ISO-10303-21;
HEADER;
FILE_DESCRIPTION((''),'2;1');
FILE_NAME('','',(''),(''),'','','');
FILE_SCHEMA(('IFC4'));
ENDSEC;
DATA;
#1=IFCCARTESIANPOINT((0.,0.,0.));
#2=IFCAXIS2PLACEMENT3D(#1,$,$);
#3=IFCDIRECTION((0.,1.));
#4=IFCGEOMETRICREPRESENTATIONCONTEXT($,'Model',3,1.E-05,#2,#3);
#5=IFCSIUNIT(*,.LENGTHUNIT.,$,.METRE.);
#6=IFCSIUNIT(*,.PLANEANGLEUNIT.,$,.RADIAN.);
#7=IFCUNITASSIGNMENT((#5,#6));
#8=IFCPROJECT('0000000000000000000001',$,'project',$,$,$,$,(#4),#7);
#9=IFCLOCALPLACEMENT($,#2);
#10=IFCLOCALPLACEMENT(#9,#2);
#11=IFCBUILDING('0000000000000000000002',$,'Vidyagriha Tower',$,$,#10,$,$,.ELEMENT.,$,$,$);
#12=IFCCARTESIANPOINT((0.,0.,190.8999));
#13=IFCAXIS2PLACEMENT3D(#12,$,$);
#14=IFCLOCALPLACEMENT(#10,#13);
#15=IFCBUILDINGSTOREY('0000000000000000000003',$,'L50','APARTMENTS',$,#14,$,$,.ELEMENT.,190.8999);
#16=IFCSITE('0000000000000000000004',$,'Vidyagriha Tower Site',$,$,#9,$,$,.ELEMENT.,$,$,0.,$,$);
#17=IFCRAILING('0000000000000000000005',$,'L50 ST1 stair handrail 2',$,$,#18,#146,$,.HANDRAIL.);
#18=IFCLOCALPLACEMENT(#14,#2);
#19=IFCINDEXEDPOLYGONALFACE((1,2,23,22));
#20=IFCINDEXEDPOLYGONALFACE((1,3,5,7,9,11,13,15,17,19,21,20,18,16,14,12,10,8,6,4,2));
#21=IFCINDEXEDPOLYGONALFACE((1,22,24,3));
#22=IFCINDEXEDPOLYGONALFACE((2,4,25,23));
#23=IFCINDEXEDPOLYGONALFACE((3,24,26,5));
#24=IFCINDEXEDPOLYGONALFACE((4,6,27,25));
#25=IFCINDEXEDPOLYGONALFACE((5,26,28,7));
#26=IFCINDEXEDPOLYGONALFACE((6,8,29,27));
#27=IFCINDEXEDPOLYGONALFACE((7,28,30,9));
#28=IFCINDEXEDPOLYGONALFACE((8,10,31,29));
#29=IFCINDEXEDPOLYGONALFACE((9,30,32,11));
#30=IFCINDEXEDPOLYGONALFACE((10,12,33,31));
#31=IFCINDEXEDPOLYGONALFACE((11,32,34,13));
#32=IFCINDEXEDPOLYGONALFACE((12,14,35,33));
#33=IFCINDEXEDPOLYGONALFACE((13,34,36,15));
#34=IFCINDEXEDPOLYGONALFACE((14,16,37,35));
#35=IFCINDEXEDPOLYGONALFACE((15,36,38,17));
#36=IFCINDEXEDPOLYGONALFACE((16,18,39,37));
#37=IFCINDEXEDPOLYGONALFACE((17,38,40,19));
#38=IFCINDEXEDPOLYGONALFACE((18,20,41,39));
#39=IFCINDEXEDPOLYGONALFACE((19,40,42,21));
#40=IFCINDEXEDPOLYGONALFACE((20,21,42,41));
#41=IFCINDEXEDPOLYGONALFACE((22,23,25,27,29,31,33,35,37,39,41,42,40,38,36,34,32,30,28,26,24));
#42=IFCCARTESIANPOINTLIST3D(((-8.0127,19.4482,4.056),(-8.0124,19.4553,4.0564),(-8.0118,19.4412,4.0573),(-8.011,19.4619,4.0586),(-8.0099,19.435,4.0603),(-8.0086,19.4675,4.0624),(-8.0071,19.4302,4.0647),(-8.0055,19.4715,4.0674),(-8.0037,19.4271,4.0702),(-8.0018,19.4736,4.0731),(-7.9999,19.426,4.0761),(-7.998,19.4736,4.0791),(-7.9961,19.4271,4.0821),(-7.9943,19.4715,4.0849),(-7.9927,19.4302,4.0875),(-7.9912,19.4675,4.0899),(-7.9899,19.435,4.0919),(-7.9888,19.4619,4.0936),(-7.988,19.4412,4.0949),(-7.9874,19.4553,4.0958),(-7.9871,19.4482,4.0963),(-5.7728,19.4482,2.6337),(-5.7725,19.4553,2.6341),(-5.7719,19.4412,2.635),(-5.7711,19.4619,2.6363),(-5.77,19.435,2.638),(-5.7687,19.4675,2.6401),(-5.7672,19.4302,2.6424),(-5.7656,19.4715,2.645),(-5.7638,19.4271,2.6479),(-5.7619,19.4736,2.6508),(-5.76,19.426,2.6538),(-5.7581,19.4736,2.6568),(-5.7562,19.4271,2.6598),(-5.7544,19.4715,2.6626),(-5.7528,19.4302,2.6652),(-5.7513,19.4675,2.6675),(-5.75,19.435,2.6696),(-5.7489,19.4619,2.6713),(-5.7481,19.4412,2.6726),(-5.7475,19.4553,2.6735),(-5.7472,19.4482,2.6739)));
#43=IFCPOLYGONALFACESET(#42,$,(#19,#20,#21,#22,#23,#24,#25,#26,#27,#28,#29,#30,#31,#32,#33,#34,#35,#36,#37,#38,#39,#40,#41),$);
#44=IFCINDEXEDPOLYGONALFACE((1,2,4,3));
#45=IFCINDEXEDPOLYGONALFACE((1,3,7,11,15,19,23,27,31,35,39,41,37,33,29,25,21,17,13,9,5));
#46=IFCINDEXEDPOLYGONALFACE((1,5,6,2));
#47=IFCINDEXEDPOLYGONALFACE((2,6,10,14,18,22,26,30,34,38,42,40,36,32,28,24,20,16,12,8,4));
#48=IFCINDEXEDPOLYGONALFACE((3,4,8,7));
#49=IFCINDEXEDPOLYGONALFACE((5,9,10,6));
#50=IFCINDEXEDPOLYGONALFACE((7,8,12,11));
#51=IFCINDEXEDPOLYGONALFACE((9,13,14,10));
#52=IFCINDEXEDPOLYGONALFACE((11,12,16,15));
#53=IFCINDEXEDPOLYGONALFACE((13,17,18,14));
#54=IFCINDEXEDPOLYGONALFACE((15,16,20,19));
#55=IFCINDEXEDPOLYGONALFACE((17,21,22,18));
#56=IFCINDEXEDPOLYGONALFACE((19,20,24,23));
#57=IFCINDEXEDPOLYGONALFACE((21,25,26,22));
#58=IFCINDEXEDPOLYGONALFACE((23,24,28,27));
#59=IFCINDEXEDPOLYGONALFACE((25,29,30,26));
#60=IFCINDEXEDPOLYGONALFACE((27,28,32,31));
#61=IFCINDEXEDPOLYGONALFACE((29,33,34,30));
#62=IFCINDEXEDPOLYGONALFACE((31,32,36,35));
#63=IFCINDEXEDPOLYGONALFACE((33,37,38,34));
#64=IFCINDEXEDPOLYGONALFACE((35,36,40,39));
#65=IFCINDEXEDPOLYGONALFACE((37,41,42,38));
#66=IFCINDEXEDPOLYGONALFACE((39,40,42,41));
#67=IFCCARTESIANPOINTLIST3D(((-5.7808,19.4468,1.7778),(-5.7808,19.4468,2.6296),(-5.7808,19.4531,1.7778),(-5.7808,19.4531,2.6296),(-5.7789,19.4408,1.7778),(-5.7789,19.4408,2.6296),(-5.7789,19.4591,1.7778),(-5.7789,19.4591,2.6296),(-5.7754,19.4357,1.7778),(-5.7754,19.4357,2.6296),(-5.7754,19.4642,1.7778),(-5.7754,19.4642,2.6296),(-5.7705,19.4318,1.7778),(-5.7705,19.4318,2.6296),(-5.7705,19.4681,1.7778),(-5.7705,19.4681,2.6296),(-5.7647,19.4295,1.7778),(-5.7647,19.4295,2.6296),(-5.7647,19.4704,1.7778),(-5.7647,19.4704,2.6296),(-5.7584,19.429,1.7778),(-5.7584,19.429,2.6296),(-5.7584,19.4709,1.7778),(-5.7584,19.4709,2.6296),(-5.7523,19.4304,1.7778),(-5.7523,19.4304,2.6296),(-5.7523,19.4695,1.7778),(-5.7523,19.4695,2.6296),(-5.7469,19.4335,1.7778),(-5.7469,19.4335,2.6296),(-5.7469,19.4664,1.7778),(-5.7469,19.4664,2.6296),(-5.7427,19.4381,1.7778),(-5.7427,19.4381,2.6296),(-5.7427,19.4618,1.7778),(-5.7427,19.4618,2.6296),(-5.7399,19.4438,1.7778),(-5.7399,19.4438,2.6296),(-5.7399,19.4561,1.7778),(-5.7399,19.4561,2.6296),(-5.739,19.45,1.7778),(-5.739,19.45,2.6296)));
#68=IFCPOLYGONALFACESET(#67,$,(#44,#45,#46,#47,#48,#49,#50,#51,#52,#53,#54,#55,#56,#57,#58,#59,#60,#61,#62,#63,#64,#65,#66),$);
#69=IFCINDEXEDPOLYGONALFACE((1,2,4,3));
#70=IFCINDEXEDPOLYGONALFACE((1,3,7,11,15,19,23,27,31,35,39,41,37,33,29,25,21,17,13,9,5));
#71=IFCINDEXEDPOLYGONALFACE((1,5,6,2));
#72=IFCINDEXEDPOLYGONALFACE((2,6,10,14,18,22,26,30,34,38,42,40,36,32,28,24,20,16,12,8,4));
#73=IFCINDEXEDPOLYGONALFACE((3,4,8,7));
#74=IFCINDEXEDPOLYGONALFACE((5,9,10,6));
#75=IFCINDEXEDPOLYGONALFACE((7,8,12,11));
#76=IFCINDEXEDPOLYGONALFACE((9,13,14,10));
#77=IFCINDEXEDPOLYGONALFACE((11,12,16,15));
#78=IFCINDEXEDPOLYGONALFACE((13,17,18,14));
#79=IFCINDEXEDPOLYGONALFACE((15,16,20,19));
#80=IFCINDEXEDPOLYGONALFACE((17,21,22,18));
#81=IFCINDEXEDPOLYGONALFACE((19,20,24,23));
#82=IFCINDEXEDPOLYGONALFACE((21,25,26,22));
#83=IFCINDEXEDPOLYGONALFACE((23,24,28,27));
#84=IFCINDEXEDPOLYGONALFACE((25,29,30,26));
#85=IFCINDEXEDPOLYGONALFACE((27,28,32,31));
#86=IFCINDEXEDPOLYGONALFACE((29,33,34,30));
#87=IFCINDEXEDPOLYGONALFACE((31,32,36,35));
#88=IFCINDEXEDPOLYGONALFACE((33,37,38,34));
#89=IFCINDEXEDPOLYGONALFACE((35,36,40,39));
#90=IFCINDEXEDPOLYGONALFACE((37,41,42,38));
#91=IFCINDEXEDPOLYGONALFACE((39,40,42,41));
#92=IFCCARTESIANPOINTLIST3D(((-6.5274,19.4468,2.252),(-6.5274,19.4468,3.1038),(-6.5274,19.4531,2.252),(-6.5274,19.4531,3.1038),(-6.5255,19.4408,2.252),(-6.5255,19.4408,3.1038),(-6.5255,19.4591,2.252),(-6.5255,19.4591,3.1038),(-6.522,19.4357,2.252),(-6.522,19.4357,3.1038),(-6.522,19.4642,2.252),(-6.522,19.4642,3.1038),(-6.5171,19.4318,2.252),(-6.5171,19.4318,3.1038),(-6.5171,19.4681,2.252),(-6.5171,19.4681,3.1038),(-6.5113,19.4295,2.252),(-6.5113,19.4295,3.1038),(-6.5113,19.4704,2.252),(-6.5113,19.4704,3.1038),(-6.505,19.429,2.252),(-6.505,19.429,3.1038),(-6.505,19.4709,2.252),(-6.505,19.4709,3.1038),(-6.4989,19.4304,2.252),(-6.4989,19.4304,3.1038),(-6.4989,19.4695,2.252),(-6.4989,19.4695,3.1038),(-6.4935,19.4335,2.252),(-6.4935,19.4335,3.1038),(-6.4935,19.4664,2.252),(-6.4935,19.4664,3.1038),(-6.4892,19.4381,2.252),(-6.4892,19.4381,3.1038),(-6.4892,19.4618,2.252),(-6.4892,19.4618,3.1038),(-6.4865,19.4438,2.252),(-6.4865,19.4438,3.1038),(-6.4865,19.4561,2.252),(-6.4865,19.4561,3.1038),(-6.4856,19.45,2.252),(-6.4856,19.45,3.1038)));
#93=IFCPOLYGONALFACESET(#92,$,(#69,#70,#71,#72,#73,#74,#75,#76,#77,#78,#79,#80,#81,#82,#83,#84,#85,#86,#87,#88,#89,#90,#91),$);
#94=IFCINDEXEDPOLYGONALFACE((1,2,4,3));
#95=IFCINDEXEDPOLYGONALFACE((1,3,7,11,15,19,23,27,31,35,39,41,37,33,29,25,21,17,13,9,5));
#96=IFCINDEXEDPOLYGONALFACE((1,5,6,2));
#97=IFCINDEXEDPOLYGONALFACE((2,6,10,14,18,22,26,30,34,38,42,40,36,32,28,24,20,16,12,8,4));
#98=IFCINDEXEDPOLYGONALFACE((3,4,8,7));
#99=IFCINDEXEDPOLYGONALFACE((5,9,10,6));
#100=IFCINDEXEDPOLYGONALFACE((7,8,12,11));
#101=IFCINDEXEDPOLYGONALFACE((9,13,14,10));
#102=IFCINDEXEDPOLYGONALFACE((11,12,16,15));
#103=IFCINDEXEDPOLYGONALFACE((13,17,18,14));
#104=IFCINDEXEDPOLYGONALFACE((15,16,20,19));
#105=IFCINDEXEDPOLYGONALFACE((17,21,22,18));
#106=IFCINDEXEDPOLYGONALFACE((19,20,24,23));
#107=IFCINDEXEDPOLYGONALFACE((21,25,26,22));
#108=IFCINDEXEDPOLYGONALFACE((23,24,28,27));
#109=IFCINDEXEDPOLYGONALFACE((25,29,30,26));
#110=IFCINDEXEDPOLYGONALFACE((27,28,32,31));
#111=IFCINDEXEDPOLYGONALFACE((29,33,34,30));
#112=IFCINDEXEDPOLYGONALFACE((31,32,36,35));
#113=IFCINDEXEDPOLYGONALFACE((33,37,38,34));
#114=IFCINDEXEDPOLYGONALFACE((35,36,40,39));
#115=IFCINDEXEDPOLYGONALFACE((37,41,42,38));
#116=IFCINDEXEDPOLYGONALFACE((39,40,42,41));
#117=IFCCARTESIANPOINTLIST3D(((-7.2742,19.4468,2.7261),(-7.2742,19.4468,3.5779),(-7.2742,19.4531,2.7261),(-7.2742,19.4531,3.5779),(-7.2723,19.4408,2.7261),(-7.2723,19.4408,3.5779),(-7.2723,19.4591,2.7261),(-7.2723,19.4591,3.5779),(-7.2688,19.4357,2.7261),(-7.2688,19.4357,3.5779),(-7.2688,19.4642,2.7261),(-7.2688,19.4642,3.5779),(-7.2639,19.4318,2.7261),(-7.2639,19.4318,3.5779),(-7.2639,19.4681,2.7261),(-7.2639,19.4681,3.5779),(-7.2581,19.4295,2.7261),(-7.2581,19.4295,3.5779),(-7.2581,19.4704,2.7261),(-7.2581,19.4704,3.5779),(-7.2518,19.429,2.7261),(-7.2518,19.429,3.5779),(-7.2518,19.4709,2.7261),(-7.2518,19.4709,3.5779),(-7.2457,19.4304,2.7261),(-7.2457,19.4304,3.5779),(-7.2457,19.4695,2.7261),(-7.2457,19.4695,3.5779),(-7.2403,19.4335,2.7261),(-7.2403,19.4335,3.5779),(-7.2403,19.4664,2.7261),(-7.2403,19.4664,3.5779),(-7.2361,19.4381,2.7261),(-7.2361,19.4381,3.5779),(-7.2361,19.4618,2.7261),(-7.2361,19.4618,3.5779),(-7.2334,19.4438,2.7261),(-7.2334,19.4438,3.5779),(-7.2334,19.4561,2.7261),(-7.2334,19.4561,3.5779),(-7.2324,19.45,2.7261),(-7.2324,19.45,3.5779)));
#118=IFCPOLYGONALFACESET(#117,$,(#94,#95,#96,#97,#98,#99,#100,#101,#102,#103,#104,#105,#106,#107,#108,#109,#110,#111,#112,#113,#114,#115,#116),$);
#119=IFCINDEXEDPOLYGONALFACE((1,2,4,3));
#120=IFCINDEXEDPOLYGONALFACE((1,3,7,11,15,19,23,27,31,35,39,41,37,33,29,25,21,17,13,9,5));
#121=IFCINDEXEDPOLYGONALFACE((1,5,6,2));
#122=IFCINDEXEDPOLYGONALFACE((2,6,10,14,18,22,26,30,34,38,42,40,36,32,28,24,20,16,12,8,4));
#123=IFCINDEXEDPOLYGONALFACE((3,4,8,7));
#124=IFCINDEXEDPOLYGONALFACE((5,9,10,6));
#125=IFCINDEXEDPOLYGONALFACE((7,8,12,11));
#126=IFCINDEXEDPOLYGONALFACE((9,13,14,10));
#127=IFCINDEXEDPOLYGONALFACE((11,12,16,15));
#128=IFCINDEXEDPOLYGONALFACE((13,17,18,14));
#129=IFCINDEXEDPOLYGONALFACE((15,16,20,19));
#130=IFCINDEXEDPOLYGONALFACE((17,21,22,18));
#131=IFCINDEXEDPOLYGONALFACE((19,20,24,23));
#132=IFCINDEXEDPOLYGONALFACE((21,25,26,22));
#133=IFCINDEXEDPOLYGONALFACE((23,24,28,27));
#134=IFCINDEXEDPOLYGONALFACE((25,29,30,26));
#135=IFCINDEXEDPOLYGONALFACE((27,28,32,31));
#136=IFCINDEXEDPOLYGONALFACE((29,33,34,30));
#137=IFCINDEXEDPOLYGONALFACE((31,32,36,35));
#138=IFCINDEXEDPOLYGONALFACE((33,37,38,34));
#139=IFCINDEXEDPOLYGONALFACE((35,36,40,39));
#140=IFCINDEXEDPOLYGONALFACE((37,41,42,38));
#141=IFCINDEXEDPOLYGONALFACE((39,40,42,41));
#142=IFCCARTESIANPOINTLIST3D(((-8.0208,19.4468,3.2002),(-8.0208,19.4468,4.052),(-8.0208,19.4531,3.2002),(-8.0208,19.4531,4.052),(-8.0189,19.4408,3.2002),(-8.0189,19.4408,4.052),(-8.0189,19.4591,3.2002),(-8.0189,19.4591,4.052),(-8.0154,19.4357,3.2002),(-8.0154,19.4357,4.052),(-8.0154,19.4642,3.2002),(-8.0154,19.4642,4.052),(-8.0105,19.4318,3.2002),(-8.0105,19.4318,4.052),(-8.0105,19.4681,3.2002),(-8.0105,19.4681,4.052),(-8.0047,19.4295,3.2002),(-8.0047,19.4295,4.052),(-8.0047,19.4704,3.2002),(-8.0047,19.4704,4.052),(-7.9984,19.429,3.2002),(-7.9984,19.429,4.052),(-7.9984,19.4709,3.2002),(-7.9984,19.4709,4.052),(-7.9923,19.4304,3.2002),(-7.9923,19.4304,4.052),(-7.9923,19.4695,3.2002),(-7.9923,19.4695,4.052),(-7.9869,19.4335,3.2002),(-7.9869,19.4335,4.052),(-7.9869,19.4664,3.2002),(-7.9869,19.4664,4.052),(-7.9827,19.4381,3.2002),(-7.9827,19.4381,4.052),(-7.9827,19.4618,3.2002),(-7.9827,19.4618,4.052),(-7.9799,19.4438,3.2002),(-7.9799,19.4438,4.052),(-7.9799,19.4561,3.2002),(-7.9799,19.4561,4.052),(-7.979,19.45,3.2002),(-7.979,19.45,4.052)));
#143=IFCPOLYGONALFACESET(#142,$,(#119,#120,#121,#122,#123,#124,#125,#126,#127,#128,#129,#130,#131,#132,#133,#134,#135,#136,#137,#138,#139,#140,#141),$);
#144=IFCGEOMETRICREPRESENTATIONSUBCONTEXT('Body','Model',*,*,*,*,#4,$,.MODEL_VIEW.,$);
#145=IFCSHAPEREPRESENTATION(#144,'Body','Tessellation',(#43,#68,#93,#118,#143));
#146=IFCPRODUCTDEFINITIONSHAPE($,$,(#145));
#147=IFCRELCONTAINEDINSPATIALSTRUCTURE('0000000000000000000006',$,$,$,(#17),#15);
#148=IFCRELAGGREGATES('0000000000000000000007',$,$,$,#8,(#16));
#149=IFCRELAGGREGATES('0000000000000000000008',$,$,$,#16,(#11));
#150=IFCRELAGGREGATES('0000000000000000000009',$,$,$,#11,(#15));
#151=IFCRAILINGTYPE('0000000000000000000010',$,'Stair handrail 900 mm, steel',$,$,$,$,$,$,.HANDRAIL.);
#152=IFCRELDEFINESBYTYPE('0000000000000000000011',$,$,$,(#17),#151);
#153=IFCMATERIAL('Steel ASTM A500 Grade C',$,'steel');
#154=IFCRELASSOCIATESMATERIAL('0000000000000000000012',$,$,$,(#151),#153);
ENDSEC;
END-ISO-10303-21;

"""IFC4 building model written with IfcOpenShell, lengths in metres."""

from ifc_helpers import new_model, si_unit, direction, frame, origin, origin_2d, place, context, subcontext, project, spatial, circle, extrude, material, type_object, element, save


model = new_model("IFC4")

# Units and contexts
model_context = context("Model", 3, precision=1e-05, world=origin(), true_north=direction((0.0, 1.0)))
body_context = subcontext(model_context, "Body", "Model", "MODEL_VIEW")
ifc_project = project(units=[si_unit("LENGTHUNIT", "METRE"), si_unit("PLANEANGLEUNIT", "RADIAN")], contexts=[model_context])

# Site, building, storey
site_placement = place(None, origin())
site = spatial("IfcSite", under=ifc_project, at=site_placement, Name="Vidyagriha Tower Site", CompositionType="ELEMENT", RefElevation=0.0)
building_placement = place(site_placement, origin())
building = spatial("IfcBuilding", under=site, at=building_placement, Name="Vidyagriha Tower", CompositionType="ELEMENT")
storey_placement = place(building_placement, frame((0.0, 0.0, 190.8999)))
storey = spatial("IfcBuildingStorey", under=building, at=storey_placement, Name="L50", Description="APARTMENTS", CompositionType="ELEMENT", Elevation=190.8999)

# Railing
ifc_material_1 = material(Name="Steel ASTM A500 Grade C", Category="steel")
railing_type_1 = type_object("IfcRailingType", Name="Stair handrail 900 mm, steel", PredefinedType="HANDRAIL", material=ifc_material_1)
railing_1_placement = place(storey_placement, frame((-5.76, 19.45, 1.7778)))
element("IfcRailing", 1, at=railing_1_placement, inside=storey, type_object=railing_type_1, Name="L50 ST1 stair handrail 2", PredefinedType="HANDRAIL", context=body_context, shape_type="SweptSolid", body=[
    extrude(circle(Radius=0.0239, at=origin_2d()), frame((0.0, 0.0, 0.876), z_axis=(-0.844188, 0.0, 0.536048), x_axis=(0.0, -1.0, 0.0)), (0.0, 0.0, 1.0), 2.6533),
    extrude(circle(Radius=0.021, at=origin_2d()), origin(), (0.0, 0.0, 1.0), 0.8518),
    extrude(circle(Radius=0.021, at=origin_2d()), frame((-0.7466, 0.0, 0.4741)), (0.0, 0.0, 1.0), 0.8518),
    extrude(circle(Radius=0.021, at=origin_2d()), frame((-1.4934, 0.0, 0.9482)), (0.0, 0.0, 1.0), 0.8518),
    extrude(circle(Radius=0.021, at=origin_2d()), frame((-2.24, 0.0, 1.4224)), (0.0, 0.0, 1.0), 0.8518),
])

save(model, "model.ifc")
